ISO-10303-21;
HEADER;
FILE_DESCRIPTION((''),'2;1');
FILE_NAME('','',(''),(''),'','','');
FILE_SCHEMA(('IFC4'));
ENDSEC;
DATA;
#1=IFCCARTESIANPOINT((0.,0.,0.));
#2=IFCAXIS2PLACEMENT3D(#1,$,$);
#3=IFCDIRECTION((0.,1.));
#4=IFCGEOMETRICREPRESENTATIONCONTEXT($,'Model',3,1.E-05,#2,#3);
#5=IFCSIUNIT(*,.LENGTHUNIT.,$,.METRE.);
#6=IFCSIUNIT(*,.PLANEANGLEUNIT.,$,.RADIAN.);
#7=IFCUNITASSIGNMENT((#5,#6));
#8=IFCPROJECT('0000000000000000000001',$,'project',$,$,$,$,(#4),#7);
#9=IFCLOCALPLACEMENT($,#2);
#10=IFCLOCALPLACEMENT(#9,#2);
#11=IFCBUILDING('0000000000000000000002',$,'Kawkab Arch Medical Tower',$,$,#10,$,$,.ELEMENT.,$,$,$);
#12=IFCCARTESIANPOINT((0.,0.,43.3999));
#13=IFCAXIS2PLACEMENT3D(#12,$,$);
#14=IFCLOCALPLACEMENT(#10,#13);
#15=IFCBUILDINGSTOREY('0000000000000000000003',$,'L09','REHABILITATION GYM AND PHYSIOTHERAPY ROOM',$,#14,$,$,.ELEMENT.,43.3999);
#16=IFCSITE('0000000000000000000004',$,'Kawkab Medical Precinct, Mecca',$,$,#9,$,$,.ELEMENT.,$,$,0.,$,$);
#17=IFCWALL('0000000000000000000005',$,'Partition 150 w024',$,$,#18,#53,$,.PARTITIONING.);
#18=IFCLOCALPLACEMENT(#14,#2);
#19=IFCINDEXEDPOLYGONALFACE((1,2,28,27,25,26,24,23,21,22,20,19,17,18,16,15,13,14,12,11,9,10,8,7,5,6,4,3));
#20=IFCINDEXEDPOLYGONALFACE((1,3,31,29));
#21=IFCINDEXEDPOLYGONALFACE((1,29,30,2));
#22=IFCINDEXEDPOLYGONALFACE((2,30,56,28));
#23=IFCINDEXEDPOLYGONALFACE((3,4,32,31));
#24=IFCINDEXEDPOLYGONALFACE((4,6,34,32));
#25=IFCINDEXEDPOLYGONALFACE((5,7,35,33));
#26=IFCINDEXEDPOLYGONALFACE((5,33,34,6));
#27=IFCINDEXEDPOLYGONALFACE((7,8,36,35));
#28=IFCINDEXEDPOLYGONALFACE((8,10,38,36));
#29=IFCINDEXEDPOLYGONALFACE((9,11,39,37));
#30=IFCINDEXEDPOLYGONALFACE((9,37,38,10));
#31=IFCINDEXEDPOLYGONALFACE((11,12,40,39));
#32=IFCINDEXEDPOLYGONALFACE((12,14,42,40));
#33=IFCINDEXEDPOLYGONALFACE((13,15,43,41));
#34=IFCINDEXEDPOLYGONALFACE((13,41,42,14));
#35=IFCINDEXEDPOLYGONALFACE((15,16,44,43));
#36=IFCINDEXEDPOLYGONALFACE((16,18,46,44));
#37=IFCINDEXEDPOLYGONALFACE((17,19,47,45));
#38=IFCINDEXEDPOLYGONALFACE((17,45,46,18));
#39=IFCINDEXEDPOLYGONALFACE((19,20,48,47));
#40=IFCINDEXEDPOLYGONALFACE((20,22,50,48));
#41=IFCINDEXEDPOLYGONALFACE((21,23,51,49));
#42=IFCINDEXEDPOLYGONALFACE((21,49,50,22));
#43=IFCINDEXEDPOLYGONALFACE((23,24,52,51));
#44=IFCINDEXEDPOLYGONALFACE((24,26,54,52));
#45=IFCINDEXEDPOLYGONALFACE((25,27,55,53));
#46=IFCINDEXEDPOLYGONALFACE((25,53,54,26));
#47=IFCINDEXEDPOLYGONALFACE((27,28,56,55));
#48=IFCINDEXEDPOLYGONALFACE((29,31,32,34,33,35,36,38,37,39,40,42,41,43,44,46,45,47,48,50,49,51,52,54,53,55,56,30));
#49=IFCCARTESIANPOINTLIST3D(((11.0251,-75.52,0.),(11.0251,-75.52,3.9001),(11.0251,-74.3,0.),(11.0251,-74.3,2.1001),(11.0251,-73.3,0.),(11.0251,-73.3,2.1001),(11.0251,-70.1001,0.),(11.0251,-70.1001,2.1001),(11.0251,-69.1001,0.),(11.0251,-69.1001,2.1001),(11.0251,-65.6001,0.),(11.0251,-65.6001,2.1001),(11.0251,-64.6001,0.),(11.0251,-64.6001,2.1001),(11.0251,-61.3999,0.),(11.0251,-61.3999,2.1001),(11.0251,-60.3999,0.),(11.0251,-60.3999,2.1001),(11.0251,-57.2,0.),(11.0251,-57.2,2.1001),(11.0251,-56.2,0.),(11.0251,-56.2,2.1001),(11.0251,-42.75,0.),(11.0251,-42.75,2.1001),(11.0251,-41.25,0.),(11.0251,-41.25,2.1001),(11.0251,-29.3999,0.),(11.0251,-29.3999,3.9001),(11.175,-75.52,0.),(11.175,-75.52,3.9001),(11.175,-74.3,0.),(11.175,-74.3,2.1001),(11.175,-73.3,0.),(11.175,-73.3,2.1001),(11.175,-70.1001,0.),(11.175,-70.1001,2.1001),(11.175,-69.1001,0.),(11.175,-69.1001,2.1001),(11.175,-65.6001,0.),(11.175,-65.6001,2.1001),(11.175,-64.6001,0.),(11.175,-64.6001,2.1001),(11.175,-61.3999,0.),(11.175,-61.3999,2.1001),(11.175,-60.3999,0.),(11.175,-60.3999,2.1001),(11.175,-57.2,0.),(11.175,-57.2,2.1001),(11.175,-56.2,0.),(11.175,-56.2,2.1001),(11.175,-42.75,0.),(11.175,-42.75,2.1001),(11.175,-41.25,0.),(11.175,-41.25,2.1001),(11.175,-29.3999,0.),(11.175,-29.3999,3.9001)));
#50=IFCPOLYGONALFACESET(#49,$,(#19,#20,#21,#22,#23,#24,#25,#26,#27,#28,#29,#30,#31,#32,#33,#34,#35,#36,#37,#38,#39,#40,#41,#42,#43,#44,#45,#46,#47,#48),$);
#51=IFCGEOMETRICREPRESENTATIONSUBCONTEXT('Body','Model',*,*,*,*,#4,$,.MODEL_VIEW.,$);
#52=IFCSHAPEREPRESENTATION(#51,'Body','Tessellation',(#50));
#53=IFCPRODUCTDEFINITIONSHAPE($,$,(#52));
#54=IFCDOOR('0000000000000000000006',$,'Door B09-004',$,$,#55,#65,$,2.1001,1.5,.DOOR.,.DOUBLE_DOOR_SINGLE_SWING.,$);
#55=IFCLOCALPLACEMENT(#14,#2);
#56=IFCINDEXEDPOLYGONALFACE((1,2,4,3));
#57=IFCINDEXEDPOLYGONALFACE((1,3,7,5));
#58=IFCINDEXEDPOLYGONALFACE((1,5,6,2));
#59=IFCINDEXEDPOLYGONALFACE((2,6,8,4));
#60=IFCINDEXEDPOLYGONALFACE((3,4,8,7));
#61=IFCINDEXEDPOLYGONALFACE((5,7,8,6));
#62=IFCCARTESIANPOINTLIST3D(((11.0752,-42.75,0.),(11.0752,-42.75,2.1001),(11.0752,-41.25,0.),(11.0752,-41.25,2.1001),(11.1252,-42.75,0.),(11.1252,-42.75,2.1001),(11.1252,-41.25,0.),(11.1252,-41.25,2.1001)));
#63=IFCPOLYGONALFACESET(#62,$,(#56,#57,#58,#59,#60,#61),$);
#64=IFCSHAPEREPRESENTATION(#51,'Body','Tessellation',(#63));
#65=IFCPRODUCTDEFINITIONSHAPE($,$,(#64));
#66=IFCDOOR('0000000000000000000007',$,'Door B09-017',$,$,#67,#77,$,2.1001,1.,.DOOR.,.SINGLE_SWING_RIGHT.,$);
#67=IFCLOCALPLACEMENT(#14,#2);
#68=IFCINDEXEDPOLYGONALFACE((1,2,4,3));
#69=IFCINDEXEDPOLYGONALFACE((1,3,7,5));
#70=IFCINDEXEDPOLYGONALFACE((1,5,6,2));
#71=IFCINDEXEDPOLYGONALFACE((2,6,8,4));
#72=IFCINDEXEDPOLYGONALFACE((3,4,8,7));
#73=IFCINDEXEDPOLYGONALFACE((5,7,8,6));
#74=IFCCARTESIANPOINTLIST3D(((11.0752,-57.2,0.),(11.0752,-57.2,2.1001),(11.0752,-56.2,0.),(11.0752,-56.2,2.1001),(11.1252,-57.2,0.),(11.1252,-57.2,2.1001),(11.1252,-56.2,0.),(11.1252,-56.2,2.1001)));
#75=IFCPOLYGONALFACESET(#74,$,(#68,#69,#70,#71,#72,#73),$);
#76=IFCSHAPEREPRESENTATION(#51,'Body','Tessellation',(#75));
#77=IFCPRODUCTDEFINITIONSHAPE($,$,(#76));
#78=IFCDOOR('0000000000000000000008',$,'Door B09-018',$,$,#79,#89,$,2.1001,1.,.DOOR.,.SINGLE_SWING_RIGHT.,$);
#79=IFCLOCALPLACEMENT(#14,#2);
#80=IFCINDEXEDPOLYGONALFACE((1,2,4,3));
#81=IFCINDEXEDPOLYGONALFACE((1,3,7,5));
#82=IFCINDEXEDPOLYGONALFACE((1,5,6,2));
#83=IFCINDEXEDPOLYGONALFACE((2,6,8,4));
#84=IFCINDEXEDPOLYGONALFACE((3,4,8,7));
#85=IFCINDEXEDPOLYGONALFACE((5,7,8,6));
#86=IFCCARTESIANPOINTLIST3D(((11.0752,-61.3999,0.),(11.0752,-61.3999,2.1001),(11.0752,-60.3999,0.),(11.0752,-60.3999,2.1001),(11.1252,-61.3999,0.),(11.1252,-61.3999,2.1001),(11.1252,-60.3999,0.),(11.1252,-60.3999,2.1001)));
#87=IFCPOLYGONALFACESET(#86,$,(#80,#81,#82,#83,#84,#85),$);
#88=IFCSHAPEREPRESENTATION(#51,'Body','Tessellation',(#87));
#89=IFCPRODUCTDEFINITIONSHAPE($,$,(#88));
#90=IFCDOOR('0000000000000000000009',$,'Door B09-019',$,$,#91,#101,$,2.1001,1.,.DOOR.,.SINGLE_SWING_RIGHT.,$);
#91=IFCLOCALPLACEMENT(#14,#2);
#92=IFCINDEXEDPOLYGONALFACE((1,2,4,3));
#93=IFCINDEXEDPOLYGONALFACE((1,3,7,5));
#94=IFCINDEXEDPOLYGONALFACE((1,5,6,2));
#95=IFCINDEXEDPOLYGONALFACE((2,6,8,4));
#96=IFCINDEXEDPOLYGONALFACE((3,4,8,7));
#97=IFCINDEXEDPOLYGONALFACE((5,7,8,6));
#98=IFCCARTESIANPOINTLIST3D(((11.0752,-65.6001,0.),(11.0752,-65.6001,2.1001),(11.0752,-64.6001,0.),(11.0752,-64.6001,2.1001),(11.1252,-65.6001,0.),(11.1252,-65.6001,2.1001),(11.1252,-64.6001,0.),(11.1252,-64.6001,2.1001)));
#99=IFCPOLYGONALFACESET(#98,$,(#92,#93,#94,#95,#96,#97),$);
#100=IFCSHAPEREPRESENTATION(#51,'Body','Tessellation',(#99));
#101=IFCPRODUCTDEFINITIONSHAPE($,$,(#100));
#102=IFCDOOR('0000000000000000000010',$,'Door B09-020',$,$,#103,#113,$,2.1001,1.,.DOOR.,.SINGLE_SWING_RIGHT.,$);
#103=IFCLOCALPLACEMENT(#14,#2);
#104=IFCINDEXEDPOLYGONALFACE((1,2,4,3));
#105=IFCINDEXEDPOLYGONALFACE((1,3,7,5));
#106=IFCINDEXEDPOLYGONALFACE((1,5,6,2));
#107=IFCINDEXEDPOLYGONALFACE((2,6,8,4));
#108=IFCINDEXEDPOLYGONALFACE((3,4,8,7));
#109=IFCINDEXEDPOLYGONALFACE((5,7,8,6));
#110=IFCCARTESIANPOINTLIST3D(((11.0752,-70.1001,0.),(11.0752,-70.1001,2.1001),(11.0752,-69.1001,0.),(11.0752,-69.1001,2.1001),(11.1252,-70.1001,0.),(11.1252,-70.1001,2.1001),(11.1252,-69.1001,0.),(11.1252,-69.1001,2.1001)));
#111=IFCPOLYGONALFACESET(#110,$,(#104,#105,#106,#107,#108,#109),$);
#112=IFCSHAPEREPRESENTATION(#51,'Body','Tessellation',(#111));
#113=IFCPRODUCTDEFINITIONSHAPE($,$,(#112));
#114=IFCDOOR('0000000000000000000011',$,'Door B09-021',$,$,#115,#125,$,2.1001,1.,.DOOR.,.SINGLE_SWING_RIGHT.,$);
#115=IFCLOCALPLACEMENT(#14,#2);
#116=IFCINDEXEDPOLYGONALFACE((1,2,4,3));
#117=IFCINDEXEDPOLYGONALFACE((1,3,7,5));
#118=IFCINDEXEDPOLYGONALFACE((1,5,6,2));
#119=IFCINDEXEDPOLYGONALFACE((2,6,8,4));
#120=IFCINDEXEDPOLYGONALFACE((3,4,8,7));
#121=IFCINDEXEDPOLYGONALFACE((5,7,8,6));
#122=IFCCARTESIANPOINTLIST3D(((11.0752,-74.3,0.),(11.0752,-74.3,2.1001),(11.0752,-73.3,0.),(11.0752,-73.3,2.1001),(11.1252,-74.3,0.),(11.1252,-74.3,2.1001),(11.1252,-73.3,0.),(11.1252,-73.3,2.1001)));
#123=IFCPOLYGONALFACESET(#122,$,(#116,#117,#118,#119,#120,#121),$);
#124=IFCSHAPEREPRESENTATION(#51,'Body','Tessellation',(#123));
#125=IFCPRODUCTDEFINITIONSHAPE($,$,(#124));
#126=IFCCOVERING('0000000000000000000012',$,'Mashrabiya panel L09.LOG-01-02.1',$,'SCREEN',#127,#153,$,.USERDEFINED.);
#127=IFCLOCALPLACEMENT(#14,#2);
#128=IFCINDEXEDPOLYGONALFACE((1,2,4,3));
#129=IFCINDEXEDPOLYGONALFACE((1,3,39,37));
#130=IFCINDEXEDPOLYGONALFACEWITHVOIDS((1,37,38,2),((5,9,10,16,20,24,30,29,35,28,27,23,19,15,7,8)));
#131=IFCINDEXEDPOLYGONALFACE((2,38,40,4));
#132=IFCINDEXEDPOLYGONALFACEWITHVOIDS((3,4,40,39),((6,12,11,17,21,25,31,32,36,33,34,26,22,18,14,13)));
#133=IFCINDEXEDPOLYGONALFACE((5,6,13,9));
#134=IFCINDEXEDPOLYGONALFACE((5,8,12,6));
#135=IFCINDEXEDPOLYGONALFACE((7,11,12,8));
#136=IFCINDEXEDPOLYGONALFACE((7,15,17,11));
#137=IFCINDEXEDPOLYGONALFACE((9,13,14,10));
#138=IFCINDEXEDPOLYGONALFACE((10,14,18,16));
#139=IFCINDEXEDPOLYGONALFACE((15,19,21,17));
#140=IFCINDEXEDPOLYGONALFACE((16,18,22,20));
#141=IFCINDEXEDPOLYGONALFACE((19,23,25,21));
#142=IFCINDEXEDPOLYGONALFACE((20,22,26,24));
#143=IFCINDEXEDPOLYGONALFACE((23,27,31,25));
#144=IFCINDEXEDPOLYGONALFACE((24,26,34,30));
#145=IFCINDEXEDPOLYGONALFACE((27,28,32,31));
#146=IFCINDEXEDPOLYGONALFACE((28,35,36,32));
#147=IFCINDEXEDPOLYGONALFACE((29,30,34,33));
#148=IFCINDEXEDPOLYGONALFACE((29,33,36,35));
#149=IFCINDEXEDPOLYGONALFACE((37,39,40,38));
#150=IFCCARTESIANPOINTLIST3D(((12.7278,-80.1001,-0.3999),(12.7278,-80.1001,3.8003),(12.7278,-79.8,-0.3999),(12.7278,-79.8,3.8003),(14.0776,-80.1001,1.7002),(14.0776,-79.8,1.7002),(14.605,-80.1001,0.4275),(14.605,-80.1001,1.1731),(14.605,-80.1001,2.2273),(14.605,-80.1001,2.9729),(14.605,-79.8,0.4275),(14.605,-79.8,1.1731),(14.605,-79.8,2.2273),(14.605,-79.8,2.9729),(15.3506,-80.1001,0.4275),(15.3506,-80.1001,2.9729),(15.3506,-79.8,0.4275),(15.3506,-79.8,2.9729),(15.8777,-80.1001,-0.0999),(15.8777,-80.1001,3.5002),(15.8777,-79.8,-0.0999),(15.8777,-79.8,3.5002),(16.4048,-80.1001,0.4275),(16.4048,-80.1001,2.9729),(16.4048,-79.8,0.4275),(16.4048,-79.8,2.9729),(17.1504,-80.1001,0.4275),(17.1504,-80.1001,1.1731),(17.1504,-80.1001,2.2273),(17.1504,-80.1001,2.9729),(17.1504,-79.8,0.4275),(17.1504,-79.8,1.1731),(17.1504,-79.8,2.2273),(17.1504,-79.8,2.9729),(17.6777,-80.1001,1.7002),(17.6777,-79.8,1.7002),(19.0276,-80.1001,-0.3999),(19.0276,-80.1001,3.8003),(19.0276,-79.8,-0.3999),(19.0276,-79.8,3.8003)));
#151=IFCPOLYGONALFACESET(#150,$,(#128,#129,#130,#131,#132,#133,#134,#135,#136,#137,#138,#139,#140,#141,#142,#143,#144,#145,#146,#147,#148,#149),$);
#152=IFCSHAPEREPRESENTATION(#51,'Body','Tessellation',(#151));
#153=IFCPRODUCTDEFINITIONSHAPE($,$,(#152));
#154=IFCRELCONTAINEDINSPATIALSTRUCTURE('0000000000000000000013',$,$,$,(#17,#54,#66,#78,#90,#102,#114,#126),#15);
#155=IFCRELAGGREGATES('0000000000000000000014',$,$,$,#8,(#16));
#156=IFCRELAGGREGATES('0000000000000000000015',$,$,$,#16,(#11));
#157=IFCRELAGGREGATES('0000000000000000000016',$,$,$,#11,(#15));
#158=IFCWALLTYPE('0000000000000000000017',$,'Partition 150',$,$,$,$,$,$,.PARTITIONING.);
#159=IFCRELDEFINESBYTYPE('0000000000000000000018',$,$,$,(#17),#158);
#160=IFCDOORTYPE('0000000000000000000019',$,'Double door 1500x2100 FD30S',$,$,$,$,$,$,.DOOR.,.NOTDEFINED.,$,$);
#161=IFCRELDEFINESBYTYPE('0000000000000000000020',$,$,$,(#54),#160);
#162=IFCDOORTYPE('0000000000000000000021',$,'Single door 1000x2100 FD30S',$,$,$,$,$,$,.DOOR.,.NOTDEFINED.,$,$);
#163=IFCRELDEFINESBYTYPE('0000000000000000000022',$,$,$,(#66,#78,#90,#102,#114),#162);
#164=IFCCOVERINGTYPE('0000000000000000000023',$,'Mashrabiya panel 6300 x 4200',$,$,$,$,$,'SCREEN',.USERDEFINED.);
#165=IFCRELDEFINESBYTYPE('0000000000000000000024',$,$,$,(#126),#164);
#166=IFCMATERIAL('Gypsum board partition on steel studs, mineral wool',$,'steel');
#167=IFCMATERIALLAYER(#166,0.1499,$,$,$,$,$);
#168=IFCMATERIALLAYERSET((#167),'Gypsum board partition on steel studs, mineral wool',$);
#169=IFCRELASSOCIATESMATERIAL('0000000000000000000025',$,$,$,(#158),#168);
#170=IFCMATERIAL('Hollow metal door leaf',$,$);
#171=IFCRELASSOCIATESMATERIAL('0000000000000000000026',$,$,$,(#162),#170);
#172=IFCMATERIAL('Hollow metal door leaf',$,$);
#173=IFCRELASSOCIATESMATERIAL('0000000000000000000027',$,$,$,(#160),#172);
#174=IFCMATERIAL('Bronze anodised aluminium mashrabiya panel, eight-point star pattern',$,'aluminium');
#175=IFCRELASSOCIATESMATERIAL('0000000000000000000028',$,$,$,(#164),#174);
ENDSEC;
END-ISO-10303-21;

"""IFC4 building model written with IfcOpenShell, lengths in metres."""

from ifc_helpers import new_model, si_unit, direction, frame, frame_2d, origin, place, context, subcontext, project, spatial, polyline, rectangle, outline, extrude, material, layer, layer_set, material_profile, profile_set, type_object, element, fill, save


model = new_model("IFC4")

# Units and contexts
model_context = context("Model", 3, precision=1e-05, world=origin(), true_north=direction((0.0, 1.0)))
body_context = subcontext(model_context, "Body", "Model", "MODEL_VIEW")
ifc_project = project(units=[si_unit("LENGTHUNIT", "METRE"), si_unit("PLANEANGLEUNIT", "RADIAN")], contexts=[model_context])

# Site, building, storey
site_placement = place(None, origin())
site = spatial("IfcSite", under=ifc_project, at=site_placement, Name="Kawkab Medical Precinct, Mecca", CompositionType="ELEMENT", RefElevation=0.0)
building_placement = place(site_placement, origin())
building = spatial("IfcBuilding", under=site, at=building_placement, Name="Kawkab Arch Medical Tower", CompositionType="ELEMENT")
storey_placement = place(building_placement, frame((0.0, 0.0, 43.3999)))
storey = spatial("IfcBuildingStorey", under=building, at=storey_placement, Name="L09", Description="REHABILITATION GYM AND PHYSIOTHERAPY ROOM", CompositionType="ELEMENT", Elevation=43.3999)

# Shared definitions
ifc_material_1 = material(Name="Gypsum board partition on steel studs, mineral wool", Category="steel")
ifc_layer_1 = layer(ifc_material_1, 0.1499)
ifc_layer_set_1 = layer_set([ifc_layer_1], Name="Gypsum board partition on steel studs, mineral wool")
wall_type_1 = type_object("IfcWallType", Name="Partition 150", PredefinedType="PARTITIONING", material=ifc_layer_set_1)

# Wall, openings, doors
ifc_material_2 = material(Name="Hollow metal door leaf")
door_type_1 = type_object("IfcDoorType", Name="Single door 1000x2100 FD30S", OperationType="NOTDEFINED", PredefinedType="DOOR", material=ifc_material_2)
wall_1_placement = place(storey_placement, frame((11.1001, -75.52, 0.0), z_axis=(0.0, 0.0, 1.0), x_axis=(0.0, 1.0, 0.0)))
wall_1 = element("IfcWall", 1, at=wall_1_placement, inside=storey, type_object=wall_type_1, Name="Partition 150 w024", PredefinedType="PARTITIONING", context=body_context, shape_type="SweptSolid", body=[
    extrude(rectangle(XDim=46.1201, YDim=0.1499, at=frame_2d((23.0601, 0.0))), origin(), (0.0, 0.0, 1.0), 3.9001),
])
opening_1_placement = place(wall_1_placement, frame((32.77, 0.0, 0.0)))
opening_1 = element("IfcOpeningElement", 2, at=opening_1_placement, cuts=wall_1, PredefinedType="OPENING", context=body_context, shape_type="SweptSolid", body=[
    extrude(rectangle(XDim=1.5, YDim=2.1001, at=frame_2d((0.75, 1.05))), frame((0.0, 0.085, 0.0), z_axis=(0.0, -1.0, 0.0), x_axis=(1.0, 0.0, 0.0)), (0.0, 0.0, 1.0), 0.1699),
])
opening_2_placement = place(wall_1_placement, frame((18.3201, 0.0, 0.0)))
opening_2 = element("IfcOpeningElement", 3, at=opening_2_placement, cuts=wall_1, PredefinedType="OPENING", context=body_context, shape_type="SweptSolid", body=[
    extrude(rectangle(XDim=1.0, YDim=2.1001, at=frame_2d((0.5, 1.05))), frame((0.0, 0.085, 0.0), z_axis=(0.0, -1.0, 0.0), x_axis=(1.0, 0.0, 0.0)), (0.0, 0.0, 1.0), 0.1699),
])
opening_3_placement = place(wall_1_placement, frame((14.1201, 0.0, 0.0)))
opening_3 = element("IfcOpeningElement", 4, at=opening_3_placement, cuts=wall_1, PredefinedType="OPENING", context=body_context, shape_type="SweptSolid", body=[
    extrude(rectangle(XDim=1.0, YDim=2.1001, at=frame_2d((0.5, 1.05))), frame((0.0, 0.085, 0.0), z_axis=(0.0, -1.0, 0.0), x_axis=(1.0, 0.0, 0.0)), (0.0, 0.0, 1.0), 0.1699),
])
opening_4_placement = place(wall_1_placement, frame((9.9199, 0.0, 0.0)))
opening_4 = element("IfcOpeningElement", 5, at=opening_4_placement, cuts=wall_1, PredefinedType="OPENING", context=body_context, shape_type="SweptSolid", body=[
    extrude(rectangle(XDim=1.0, YDim=2.1001, at=frame_2d((0.5, 1.05))), frame((0.0, 0.085, 0.0), z_axis=(0.0, -1.0, 0.0), x_axis=(1.0, 0.0, 0.0)), (0.0, 0.0, 1.0), 0.1699),
])
opening_5_placement = place(wall_1_placement, frame((5.4199, 0.0, 0.0)))
opening_5 = element("IfcOpeningElement", 6, at=opening_5_placement, cuts=wall_1, PredefinedType="OPENING", context=body_context, shape_type="SweptSolid", body=[
    extrude(rectangle(XDim=1.0, YDim=2.1001, at=frame_2d((0.5, 1.05))), frame((0.0, 0.085, 0.0), z_axis=(0.0, -1.0, 0.0), x_axis=(1.0, 0.0, 0.0)), (0.0, 0.0, 1.0), 0.1699),
])
opening_6_placement = place(wall_1_placement, frame((1.22, 0.0, 0.0)))
opening_6 = element("IfcOpeningElement", 7, at=opening_6_placement, cuts=wall_1, PredefinedType="OPENING", context=body_context, shape_type="SweptSolid", body=[
    extrude(rectangle(XDim=1.0, YDim=2.1001, at=frame_2d((0.5, 1.05))), frame((0.0, 0.085, 0.0), z_axis=(0.0, -1.0, 0.0), x_axis=(1.0, 0.0, 0.0)), (0.0, 0.0, 1.0), 0.1699),
])
ifc_material_3 = material(Name="Hollow metal door leaf")
door_type_2 = type_object("IfcDoorType", Name="Double door 1500x2100 FD30S", OperationType="NOTDEFINED", PredefinedType="DOOR", material=ifc_material_3)
door_1_placement = place(opening_1_placement, origin())
door_1 = element("IfcDoor", 8, at=door_1_placement, inside=storey, type_object=door_type_2, Name="Door B09-004", OperationType="DOUBLE_DOOR_SINGLE_SWING", OverallHeight=2.1001, OverallWidth=1.5, PredefinedType="DOOR", context=body_context, shape_type="SweptSolid", body=[
    extrude(rectangle(XDim=1.5, YDim=2.1001, at=frame_2d((0.75, 1.05))), frame((0.0, 0.0249, 0.0), z_axis=(0.0, -1.0, 0.0), x_axis=(1.0, 0.0, 0.0)), (0.0, 0.0, 1.0), 0.05),
])
fill(opening_1, door_1)
door_2_placement = place(opening_2_placement, origin())
door_2 = element("IfcDoor", 9, at=door_2_placement, inside=storey, type_object=door_type_1, Name="Door B09-017", OperationType="SINGLE_SWING_RIGHT", OverallHeight=2.1001, OverallWidth=1.0, PredefinedType="DOOR", context=body_context, shape_type="SweptSolid", body=[
    extrude(rectangle(XDim=1.0, YDim=2.1001, at=frame_2d((0.5, 1.05))), frame((0.0, 0.0249, 0.0), z_axis=(0.0, -1.0, 0.0), x_axis=(1.0, 0.0, 0.0)), (0.0, 0.0, 1.0), 0.05),
])
fill(opening_2, door_2)
door_3_placement = place(opening_3_placement, origin())
door_3 = element("IfcDoor", 10, at=door_3_placement, inside=storey, type_object=door_type_1, Name="Door B09-018", OperationType="SINGLE_SWING_RIGHT", OverallHeight=2.1001, OverallWidth=1.0, PredefinedType="DOOR", context=body_context, shape_type="SweptSolid", body=[
    extrude(rectangle(XDim=1.0, YDim=2.1001, at=frame_2d((0.5, 1.05))), frame((0.0, 0.0249, 0.0), z_axis=(0.0, -1.0, 0.0), x_axis=(1.0, 0.0, 0.0)), (0.0, 0.0, 1.0), 0.05),
])
fill(opening_3, door_3)
door_4_placement = place(opening_4_placement, origin())
door_4 = element("IfcDoor", 11, at=door_4_placement, inside=storey, type_object=door_type_1, Name="Door B09-019", OperationType="SINGLE_SWING_RIGHT", OverallHeight=2.1001, OverallWidth=1.0, PredefinedType="DOOR", context=body_context, shape_type="SweptSolid", body=[
    extrude(rectangle(XDim=1.0, YDim=2.1001, at=frame_2d((0.5, 1.05))), frame((0.0, 0.0249, 0.0), z_axis=(0.0, -1.0, 0.0), x_axis=(1.0, 0.0, 0.0)), (0.0, 0.0, 1.0), 0.05),
])
fill(opening_4, door_4)
door_5_placement = place(opening_5_placement, origin())
door_5 = element("IfcDoor", 12, at=door_5_placement, inside=storey, type_object=door_type_1, Name="Door B09-020", OperationType="SINGLE_SWING_RIGHT", OverallHeight=2.1001, OverallWidth=1.0, PredefinedType="DOOR", context=body_context, shape_type="SweptSolid", body=[
    extrude(rectangle(XDim=1.0, YDim=2.1001, at=frame_2d((0.5, 1.05))), frame((0.0, 0.0249, 0.0), z_axis=(0.0, -1.0, 0.0), x_axis=(1.0, 0.0, 0.0)), (0.0, 0.0, 1.0), 0.05),
])
fill(opening_5, door_5)
door_6_placement = place(opening_6_placement, origin())
door_6 = element("IfcDoor", 13, at=door_6_placement, inside=storey, type_object=door_type_1, Name="Door B09-021", OperationType="SINGLE_SWING_RIGHT", OverallHeight=2.1001, OverallWidth=1.0, PredefinedType="DOOR", context=body_context, shape_type="SweptSolid", body=[
    extrude(rectangle(XDim=1.0, YDim=2.1001, at=frame_2d((0.5, 1.05))), frame((0.0, 0.0249, 0.0), z_axis=(0.0, -1.0, 0.0), x_axis=(1.0, 0.0, 0.0)), (0.0, 0.0, 1.0), 0.05),
])
fill(opening_6, door_6)

# Covering
ifc_material_4 = material(Name="Bronze anodised aluminium mashrabiya panel, eight-point star pattern", Category="aluminium")
ifc_material_profile_1 = material_profile(ifc_material_4, outline(polyline([(-3.1499, -2.1001), (3.1499, -2.1001), (3.1499, 2.1001), (-3.1499, 2.1001), (-3.1499, -2.1001)]), holes=[polyline([(1.8, 0.0), (1.2727, 0.5271), (1.2727, 1.2727), (0.5271, 1.2727), (0.0, 1.8), (-0.5271, 1.2727), (-1.2727, 1.2727), (-1.2727, 0.5271), (-1.8, 0.0), (-1.2727, -0.5271), (-1.2727, -1.2727), (-0.5271, -1.2727), (0.0, -1.8), (0.5271, -1.2727), (1.2727, -1.2727), (1.2727, -0.5271), (1.8, 0.0)])]), Name="Mashrabiya panel 6300x4200")
ifc_profile_set_1 = profile_set([ifc_material_profile_1], Name="Bronze anodised aluminium mashrabiya panel, eight-point star pattern")
covering_type_1 = type_object("IfcCoveringType", Name="Mashrabiya panel 6300 x 4200", ElementType="SCREEN", PredefinedType="USERDEFINED", material=ifc_profile_set_1)
covering_1_placement = place(storey_placement, frame((15.8777, -79.8, 1.7002), z_axis=(0.0, -1.0, 0.0), x_axis=(1.0, 0.0, 0.0)))
element("IfcCovering", 14, at=covering_1_placement, inside=storey, type_object=covering_type_1, Name="Mashrabiya panel L09.LOG-01-02.1", ObjectType="SCREEN", PredefinedType="USERDEFINED", context=body_context, shape_type="SweptSolid", body=[
    extrude(outline(polyline([(-3.1499, -2.1001), (3.1499, -2.1001), (3.1499, 2.1001), (-3.1499, 2.1001), (-3.1499, -2.1001)]), holes=[polyline([(1.8, 0.0), (1.2727, 0.5271), (1.2727, 1.2727), (0.5271, 1.2727), (0.0, 1.8), (-0.5271, 1.2727), (-1.2727, 1.2727), (-1.2727, 0.5271), (-1.8, 0.0), (-1.2727, -0.5271), (-1.2727, -1.2727), (-0.5271, -1.2727), (0.0, -1.8), (0.5271, -1.2727), (1.2727, -1.2727), (1.2727, -0.5271), (1.8, 0.0)])]), origin(), (0.0, 0.0, 1.0), 0.3),
])

save(model, "model.ifc")
